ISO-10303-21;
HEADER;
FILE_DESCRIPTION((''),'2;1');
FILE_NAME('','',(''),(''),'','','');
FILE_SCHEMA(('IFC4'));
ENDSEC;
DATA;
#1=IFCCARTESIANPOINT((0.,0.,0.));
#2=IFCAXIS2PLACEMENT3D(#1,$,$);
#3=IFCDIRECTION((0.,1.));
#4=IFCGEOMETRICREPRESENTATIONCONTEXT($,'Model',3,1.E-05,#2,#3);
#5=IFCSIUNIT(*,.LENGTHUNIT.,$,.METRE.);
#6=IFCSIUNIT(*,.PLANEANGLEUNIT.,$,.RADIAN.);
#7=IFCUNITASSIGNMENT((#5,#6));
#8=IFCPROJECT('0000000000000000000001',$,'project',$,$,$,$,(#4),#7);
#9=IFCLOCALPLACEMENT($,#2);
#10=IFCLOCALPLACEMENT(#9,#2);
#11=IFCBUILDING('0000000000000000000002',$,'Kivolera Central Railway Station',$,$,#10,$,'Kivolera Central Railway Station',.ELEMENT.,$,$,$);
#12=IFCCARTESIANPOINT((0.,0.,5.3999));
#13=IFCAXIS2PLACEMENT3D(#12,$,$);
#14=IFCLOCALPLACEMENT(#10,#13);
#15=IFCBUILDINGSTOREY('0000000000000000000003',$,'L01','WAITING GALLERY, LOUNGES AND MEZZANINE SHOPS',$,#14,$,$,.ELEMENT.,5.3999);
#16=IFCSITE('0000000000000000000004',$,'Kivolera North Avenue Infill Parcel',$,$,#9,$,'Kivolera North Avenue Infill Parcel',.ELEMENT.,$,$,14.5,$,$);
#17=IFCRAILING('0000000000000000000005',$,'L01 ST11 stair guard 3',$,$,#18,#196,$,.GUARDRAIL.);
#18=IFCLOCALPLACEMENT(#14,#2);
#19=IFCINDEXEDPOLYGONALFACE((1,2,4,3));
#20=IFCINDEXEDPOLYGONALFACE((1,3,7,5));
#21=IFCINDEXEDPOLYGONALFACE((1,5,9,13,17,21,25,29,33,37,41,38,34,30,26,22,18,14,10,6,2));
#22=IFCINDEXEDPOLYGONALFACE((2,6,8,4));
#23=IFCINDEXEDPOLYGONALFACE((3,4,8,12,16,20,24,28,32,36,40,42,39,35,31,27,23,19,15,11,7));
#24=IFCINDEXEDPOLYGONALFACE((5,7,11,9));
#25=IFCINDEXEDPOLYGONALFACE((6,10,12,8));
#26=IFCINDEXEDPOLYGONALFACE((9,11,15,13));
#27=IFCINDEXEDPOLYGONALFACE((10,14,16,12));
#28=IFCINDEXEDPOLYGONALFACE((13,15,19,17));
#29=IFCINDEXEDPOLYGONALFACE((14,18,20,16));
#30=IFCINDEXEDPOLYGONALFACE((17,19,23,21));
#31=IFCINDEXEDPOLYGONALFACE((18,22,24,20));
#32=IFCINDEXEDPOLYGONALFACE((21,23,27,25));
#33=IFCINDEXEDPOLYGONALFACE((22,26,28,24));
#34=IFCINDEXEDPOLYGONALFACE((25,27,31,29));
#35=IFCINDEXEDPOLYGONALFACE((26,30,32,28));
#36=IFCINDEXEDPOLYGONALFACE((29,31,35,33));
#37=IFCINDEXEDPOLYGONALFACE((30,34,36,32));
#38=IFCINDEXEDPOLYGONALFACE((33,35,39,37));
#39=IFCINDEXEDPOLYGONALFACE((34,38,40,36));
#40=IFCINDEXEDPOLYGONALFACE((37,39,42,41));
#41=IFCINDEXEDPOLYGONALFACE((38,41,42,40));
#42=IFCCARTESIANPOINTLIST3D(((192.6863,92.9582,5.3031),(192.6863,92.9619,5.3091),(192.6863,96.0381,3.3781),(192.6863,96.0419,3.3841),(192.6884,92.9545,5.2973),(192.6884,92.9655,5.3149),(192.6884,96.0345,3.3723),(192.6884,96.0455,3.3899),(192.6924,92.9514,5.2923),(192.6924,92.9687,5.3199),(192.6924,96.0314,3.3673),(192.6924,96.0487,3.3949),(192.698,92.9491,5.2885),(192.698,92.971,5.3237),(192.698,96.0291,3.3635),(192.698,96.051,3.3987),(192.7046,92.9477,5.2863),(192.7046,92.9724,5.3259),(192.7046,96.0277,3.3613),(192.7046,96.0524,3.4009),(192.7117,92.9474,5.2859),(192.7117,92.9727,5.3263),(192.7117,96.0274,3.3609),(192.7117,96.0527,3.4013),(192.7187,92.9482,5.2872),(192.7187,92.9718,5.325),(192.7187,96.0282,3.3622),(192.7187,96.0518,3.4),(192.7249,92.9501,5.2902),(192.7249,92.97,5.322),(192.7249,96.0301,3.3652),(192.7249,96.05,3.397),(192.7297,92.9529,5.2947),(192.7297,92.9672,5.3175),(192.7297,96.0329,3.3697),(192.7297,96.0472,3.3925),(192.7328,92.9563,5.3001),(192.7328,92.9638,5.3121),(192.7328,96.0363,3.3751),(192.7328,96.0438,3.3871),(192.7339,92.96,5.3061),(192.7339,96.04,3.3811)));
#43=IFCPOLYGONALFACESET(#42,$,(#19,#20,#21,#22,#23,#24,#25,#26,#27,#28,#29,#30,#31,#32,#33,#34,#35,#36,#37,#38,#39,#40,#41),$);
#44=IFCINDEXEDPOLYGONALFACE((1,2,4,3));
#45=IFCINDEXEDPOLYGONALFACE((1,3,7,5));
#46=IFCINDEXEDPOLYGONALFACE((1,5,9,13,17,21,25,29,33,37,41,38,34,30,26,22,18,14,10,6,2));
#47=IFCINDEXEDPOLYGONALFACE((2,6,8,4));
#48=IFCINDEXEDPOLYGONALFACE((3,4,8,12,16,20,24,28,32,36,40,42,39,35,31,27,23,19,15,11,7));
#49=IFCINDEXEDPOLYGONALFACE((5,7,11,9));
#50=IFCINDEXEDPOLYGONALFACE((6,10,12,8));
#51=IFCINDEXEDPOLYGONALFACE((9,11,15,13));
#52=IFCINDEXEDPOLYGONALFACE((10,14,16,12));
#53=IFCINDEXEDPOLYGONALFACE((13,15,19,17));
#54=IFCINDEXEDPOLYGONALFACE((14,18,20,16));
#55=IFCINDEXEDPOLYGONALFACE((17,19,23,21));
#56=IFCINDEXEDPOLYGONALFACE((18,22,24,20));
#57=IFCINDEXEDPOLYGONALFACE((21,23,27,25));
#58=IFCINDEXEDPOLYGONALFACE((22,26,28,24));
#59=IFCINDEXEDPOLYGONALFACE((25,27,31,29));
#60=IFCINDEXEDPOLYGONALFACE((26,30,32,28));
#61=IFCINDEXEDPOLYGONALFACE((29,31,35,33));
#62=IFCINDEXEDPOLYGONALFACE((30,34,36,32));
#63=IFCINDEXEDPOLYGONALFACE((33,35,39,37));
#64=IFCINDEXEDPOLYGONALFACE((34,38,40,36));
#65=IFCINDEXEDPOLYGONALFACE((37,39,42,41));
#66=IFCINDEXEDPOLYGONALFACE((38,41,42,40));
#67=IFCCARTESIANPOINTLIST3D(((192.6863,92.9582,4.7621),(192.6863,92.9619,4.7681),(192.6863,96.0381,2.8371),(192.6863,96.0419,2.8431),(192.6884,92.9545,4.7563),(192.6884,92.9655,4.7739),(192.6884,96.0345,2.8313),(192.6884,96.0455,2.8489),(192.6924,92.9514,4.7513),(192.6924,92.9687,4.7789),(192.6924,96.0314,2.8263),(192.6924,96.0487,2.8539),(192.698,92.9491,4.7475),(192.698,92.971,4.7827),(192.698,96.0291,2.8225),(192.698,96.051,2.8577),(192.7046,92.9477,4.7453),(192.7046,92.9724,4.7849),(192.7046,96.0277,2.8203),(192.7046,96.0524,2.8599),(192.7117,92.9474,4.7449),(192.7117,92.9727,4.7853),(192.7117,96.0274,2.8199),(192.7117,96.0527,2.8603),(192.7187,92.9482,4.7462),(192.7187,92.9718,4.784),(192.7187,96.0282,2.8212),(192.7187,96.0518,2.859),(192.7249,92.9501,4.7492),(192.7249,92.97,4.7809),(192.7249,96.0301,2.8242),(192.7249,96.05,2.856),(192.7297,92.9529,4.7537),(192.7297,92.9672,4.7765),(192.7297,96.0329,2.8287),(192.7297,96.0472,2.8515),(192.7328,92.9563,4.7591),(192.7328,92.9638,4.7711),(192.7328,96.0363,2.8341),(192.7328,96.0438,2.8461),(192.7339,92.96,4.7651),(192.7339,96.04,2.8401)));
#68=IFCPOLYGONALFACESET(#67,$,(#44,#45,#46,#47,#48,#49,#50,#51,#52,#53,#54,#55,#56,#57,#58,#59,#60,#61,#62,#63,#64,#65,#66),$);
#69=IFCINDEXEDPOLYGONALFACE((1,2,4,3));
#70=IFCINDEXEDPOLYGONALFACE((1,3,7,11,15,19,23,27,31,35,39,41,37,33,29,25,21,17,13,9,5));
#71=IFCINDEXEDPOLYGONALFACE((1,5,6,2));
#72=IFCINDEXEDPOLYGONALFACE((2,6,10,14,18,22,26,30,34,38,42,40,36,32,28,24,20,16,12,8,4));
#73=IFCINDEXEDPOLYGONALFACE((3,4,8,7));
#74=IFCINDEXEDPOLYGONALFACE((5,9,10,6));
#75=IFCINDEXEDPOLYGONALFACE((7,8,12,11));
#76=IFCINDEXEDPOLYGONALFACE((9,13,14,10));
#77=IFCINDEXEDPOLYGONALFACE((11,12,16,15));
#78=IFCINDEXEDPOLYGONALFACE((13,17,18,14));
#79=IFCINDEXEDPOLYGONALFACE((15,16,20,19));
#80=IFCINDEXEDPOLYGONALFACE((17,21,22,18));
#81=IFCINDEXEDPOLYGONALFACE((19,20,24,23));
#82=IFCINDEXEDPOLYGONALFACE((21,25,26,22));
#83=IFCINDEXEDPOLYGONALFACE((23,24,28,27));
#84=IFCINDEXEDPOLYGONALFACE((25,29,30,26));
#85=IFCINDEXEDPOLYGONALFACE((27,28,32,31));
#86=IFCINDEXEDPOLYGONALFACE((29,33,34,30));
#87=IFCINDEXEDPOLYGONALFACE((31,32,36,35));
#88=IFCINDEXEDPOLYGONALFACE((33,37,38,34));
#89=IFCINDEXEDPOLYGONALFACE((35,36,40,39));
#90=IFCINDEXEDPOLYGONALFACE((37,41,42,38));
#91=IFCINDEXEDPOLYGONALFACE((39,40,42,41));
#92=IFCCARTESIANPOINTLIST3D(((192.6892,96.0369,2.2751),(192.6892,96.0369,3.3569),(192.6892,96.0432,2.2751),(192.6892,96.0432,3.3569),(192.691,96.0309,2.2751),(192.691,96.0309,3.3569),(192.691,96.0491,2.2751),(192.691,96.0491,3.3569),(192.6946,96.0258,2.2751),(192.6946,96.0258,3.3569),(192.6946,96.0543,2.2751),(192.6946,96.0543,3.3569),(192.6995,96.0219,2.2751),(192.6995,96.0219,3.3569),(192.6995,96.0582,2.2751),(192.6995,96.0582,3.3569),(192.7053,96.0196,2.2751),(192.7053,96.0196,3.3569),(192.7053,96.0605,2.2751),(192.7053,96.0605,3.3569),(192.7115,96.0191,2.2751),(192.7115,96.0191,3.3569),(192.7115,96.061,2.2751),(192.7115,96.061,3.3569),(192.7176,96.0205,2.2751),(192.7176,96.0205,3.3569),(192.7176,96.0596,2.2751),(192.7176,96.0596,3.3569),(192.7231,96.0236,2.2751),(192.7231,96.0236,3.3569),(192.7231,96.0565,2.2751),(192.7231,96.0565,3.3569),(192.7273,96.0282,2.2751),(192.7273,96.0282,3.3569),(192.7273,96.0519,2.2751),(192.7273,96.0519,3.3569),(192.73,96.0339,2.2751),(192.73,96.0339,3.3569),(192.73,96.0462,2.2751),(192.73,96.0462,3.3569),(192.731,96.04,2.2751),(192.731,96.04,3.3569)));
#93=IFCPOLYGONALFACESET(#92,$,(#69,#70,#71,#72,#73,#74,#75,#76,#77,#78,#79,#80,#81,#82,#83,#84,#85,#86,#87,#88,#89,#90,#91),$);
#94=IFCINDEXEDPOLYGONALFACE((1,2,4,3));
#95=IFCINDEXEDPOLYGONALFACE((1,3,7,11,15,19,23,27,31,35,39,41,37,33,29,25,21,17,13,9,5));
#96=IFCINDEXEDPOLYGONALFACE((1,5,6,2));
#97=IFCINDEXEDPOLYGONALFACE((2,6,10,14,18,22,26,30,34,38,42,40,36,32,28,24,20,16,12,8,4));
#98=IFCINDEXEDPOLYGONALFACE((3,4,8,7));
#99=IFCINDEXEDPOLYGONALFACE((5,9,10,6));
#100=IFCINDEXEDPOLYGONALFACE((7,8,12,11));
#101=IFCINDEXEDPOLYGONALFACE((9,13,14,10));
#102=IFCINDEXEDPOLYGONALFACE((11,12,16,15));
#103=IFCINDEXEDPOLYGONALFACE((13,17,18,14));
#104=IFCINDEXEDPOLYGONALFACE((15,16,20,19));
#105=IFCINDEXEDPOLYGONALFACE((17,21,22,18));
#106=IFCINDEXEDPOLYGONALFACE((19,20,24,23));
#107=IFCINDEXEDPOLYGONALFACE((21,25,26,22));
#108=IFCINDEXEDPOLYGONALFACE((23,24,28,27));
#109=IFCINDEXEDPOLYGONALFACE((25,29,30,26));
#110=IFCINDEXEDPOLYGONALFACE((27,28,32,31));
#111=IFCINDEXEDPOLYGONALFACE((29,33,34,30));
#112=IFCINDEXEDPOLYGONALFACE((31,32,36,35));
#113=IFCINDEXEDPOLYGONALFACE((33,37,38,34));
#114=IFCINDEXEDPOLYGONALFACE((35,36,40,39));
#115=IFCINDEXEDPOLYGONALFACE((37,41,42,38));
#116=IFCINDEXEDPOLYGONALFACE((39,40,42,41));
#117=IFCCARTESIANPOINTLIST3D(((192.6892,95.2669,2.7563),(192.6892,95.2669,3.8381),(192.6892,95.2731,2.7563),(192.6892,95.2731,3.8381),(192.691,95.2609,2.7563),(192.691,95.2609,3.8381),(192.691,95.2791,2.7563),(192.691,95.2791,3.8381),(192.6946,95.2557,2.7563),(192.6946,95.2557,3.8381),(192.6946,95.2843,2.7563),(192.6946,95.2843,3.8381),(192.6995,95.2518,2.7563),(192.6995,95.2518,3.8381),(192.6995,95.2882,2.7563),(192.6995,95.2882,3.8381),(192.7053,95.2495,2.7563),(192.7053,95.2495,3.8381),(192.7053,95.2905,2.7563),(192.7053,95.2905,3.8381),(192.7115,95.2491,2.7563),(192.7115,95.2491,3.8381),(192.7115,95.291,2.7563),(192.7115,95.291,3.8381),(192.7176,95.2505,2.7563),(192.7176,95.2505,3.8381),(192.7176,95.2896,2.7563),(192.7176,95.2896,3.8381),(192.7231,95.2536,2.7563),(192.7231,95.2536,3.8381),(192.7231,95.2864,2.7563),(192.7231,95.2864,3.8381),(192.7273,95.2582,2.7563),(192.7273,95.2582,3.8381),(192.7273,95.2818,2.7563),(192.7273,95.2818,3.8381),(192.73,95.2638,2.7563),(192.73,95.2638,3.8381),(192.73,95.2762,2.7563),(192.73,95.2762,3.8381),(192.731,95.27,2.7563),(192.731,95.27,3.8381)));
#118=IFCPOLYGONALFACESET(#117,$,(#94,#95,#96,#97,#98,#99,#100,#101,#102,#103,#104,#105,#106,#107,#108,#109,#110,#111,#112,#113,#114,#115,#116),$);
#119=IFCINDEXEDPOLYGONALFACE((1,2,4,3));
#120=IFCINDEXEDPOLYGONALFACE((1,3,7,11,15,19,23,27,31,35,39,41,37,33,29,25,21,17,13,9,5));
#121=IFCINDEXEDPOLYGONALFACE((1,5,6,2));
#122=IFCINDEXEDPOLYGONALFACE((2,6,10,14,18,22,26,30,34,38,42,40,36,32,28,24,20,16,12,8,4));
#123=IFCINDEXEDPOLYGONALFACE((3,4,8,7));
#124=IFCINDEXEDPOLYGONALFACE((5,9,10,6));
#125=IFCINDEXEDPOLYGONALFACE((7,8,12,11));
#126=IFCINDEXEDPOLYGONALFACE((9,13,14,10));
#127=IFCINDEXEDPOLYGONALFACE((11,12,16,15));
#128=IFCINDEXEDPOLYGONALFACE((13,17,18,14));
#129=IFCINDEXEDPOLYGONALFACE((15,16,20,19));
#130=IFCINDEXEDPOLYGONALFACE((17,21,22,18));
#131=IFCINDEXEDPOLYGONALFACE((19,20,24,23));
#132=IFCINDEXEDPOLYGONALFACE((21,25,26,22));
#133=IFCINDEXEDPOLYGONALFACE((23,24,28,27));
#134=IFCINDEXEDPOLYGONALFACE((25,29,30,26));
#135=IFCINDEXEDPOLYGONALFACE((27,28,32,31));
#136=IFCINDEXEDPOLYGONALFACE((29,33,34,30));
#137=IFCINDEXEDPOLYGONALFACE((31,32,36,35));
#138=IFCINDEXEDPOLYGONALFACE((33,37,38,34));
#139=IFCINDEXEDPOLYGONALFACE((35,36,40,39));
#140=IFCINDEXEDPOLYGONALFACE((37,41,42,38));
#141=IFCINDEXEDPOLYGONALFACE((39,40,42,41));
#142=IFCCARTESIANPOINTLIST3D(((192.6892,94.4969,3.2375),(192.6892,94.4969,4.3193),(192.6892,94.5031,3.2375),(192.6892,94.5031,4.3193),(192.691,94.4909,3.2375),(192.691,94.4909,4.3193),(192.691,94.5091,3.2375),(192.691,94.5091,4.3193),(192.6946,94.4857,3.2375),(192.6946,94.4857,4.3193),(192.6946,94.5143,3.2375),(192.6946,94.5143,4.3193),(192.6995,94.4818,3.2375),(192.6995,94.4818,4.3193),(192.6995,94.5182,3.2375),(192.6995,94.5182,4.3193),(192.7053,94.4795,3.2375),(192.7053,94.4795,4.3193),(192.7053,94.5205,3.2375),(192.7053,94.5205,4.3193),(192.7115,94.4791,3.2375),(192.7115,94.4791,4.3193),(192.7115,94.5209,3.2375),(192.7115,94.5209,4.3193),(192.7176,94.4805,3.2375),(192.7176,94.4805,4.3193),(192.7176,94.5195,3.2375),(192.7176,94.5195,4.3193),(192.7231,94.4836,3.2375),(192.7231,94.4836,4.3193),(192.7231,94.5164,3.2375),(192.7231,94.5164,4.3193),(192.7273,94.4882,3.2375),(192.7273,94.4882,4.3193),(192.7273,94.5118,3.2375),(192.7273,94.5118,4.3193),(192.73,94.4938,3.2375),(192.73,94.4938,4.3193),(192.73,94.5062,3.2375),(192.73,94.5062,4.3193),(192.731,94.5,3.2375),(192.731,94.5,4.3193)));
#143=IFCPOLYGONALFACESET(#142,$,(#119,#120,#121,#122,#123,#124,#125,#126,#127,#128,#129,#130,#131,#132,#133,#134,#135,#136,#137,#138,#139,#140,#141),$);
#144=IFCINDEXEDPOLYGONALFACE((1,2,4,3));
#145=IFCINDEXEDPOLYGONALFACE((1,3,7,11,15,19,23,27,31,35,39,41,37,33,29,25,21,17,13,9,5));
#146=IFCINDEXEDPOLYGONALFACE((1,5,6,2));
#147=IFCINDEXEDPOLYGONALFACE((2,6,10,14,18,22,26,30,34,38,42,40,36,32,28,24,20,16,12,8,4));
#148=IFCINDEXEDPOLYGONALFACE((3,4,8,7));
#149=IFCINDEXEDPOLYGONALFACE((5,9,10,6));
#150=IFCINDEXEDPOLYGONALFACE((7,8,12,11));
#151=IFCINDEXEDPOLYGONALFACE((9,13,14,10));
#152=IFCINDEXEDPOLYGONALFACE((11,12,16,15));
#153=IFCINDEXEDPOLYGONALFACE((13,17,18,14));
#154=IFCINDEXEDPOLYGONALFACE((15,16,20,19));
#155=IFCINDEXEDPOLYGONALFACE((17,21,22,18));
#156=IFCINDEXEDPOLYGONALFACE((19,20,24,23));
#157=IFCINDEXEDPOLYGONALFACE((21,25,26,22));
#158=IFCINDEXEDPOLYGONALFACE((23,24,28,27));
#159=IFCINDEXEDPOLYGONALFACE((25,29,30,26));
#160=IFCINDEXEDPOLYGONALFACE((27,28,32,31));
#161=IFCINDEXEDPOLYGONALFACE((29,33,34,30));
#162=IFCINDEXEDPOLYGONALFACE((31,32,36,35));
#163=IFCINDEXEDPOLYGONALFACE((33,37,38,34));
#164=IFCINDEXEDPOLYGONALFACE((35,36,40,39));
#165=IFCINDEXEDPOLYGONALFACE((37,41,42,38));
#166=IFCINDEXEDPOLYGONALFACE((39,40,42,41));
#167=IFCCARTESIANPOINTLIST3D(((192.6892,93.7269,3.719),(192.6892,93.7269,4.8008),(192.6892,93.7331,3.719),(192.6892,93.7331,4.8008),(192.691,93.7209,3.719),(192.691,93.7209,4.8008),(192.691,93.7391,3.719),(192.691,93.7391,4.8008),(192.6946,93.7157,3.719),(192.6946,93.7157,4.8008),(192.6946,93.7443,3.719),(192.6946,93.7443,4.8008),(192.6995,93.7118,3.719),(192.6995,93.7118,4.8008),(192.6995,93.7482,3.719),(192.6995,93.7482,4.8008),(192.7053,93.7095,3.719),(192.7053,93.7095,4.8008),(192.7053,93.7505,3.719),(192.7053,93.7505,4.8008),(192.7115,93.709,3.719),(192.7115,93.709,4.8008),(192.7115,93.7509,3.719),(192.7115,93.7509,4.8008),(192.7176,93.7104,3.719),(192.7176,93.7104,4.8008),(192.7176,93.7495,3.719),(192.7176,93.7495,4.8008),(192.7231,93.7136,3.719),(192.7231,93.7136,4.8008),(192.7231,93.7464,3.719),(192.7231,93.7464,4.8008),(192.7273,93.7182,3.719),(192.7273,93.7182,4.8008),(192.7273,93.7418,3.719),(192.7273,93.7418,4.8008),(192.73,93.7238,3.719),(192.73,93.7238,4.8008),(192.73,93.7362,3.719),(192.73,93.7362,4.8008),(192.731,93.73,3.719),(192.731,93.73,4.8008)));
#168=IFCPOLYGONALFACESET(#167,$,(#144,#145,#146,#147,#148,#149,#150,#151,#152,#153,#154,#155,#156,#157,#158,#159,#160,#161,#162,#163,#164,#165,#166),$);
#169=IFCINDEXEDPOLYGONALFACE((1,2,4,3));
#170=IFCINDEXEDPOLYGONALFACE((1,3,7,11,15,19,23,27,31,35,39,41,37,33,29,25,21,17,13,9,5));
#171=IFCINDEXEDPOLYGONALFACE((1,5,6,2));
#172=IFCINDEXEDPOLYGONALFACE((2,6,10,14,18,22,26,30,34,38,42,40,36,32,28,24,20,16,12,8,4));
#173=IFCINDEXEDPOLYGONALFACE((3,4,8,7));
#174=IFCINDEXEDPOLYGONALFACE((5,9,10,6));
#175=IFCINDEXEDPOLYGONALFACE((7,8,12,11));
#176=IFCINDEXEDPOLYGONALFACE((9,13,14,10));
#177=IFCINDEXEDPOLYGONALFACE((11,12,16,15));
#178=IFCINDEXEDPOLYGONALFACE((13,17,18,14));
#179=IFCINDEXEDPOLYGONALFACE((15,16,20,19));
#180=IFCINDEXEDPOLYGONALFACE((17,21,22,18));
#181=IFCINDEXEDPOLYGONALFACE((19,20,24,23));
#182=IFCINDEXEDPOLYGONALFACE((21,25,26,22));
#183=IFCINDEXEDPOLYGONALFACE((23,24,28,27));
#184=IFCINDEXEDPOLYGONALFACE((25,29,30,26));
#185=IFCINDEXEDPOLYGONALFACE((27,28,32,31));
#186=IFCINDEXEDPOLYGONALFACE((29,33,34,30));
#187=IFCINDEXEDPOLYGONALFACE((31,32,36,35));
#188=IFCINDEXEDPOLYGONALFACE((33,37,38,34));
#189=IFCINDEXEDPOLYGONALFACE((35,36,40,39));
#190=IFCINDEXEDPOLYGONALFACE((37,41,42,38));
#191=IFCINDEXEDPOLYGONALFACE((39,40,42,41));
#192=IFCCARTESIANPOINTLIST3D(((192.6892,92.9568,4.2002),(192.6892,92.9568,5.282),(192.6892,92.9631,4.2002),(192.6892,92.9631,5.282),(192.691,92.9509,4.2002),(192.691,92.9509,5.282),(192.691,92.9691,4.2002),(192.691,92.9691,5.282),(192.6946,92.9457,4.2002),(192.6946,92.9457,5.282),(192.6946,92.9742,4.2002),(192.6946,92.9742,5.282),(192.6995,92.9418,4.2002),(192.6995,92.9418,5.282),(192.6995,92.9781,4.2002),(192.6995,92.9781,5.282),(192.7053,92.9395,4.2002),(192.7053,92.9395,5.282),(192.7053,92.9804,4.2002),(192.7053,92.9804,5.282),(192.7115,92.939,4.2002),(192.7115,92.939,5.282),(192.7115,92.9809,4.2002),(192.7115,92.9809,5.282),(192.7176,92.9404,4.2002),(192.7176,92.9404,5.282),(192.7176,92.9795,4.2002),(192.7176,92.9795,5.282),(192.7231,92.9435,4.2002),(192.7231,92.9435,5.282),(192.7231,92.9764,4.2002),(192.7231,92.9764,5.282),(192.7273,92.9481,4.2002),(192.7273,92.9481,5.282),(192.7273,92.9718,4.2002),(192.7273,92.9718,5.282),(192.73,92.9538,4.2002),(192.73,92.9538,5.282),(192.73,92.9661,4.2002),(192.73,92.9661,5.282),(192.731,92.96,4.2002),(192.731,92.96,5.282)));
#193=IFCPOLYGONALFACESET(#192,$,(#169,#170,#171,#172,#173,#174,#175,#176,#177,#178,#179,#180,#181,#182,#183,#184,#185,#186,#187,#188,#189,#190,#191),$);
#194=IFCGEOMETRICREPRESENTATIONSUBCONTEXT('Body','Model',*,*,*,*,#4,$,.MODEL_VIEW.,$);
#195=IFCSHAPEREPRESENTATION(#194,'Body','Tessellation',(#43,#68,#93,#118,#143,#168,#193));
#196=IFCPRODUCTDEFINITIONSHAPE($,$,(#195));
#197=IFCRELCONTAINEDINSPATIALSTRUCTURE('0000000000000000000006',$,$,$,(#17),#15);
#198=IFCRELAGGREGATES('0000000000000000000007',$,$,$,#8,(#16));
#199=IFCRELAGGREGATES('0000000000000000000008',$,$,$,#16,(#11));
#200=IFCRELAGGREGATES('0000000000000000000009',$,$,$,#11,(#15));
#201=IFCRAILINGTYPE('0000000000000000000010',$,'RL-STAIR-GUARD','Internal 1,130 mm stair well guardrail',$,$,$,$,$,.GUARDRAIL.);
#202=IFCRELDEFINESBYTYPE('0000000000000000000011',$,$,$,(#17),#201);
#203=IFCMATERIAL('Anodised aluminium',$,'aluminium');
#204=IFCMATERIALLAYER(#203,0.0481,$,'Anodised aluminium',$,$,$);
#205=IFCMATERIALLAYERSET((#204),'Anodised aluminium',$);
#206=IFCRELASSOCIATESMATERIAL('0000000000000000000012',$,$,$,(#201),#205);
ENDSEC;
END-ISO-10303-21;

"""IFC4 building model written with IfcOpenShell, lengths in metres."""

from ifc_helpers import new_model, si_unit, direction, frame, origin, origin_2d, place, context, subcontext, project, spatial, circle, extrude, material, layer, layer_set, type_object, element, save


model = new_model("IFC4")

# Units and contexts
model_context = context("Model", 3, precision=1e-05, world=origin(), true_north=direction((0.0, 1.0)))
body_context = subcontext(model_context, "Body", "Model", "MODEL_VIEW")
ifc_project = project(units=[si_unit("LENGTHUNIT", "METRE"), si_unit("PLANEANGLEUNIT", "RADIAN")], contexts=[model_context])

# Site, building, storey
site_placement = place(None, origin())
site = spatial("IfcSite", under=ifc_project, at=site_placement, Name="Kivolera North Avenue Infill Parcel", LongName="Kivolera North Avenue Infill Parcel", CompositionType="ELEMENT", RefElevation=14.5)
building_placement = place(site_placement, origin())
building = spatial("IfcBuilding", under=site, at=building_placement, Name="Kivolera Central Railway Station", LongName="Kivolera Central Railway Station", CompositionType="ELEMENT")
storey_placement = place(building_placement, frame((0.0, 0.0, 5.3999)))
storey = spatial("IfcBuildingStorey", under=building, at=storey_placement, Name="L01", Description="WAITING GALLERY, LOUNGES AND MEZZANINE SHOPS", CompositionType="ELEMENT", Elevation=5.3999)

# Shared definitions
ifc_material_1 = material(Name="Anodised aluminium", Category="aluminium")

# Railing
ifc_layer_1 = layer(ifc_material_1, 0.0481, Name="Anodised aluminium")
ifc_layer_set_1 = layer_set([ifc_layer_1], Name="Anodised aluminium")
railing_type_1 = type_object("IfcRailingType", Name="RL-STAIR-GUARD", Description="Internal 1,130 mm stair well guardrail", PredefinedType="GUARDRAIL", material=ifc_layer_set_1)
railing_1_placement = place(storey_placement, frame((192.71, 96.04, 2.2751)))
element("IfcRailing", 1, at=railing_1_placement, inside=storey, type_object=railing_type_1, Name="L01 ST11 stair guard 3", PredefinedType="GUARDRAIL", context=body_context, shape_type="SweptSolid", body=[
    extrude(circle(Radius=0.0239, at=origin_2d()), frame((0.0, 0.0, 1.106), z_axis=(0.0, -0.847998, 0.529999), x_axis=(1.0, 0.0, 0.0)), (0.0, 0.0, 1.0), 3.6321),
    extrude(circle(Radius=0.0239, at=origin_2d()), frame((0.0, 0.0, 0.5649), z_axis=(0.0, -0.847998, 0.529999), x_axis=(1.0, 0.0, 0.0)), (0.0, 0.0, 1.0), 3.6321),
    extrude(circle(Radius=0.021, at=origin_2d()), origin(), (0.0, 0.0, 1.0), 1.0818),
    extrude(circle(Radius=0.021, at=origin_2d()), frame((0.0, -0.77, 0.4812)), (0.0, 0.0, 1.0), 1.0818),
    extrude(circle(Radius=0.021, at=origin_2d()), frame((0.0, -1.54, 0.9624)), (0.0, 0.0, 1.0), 1.0818),
    extrude(circle(Radius=0.021, at=origin_2d()), frame((0.0, -2.3101, 1.4438)), (0.0, 0.0, 1.0), 1.0818),
    extrude(circle(Radius=0.021, at=origin_2d()), frame((0.0, -3.0801, 1.925)), (0.0, 0.0, 1.0), 1.0818),
])

save(model, "model.ifc")
